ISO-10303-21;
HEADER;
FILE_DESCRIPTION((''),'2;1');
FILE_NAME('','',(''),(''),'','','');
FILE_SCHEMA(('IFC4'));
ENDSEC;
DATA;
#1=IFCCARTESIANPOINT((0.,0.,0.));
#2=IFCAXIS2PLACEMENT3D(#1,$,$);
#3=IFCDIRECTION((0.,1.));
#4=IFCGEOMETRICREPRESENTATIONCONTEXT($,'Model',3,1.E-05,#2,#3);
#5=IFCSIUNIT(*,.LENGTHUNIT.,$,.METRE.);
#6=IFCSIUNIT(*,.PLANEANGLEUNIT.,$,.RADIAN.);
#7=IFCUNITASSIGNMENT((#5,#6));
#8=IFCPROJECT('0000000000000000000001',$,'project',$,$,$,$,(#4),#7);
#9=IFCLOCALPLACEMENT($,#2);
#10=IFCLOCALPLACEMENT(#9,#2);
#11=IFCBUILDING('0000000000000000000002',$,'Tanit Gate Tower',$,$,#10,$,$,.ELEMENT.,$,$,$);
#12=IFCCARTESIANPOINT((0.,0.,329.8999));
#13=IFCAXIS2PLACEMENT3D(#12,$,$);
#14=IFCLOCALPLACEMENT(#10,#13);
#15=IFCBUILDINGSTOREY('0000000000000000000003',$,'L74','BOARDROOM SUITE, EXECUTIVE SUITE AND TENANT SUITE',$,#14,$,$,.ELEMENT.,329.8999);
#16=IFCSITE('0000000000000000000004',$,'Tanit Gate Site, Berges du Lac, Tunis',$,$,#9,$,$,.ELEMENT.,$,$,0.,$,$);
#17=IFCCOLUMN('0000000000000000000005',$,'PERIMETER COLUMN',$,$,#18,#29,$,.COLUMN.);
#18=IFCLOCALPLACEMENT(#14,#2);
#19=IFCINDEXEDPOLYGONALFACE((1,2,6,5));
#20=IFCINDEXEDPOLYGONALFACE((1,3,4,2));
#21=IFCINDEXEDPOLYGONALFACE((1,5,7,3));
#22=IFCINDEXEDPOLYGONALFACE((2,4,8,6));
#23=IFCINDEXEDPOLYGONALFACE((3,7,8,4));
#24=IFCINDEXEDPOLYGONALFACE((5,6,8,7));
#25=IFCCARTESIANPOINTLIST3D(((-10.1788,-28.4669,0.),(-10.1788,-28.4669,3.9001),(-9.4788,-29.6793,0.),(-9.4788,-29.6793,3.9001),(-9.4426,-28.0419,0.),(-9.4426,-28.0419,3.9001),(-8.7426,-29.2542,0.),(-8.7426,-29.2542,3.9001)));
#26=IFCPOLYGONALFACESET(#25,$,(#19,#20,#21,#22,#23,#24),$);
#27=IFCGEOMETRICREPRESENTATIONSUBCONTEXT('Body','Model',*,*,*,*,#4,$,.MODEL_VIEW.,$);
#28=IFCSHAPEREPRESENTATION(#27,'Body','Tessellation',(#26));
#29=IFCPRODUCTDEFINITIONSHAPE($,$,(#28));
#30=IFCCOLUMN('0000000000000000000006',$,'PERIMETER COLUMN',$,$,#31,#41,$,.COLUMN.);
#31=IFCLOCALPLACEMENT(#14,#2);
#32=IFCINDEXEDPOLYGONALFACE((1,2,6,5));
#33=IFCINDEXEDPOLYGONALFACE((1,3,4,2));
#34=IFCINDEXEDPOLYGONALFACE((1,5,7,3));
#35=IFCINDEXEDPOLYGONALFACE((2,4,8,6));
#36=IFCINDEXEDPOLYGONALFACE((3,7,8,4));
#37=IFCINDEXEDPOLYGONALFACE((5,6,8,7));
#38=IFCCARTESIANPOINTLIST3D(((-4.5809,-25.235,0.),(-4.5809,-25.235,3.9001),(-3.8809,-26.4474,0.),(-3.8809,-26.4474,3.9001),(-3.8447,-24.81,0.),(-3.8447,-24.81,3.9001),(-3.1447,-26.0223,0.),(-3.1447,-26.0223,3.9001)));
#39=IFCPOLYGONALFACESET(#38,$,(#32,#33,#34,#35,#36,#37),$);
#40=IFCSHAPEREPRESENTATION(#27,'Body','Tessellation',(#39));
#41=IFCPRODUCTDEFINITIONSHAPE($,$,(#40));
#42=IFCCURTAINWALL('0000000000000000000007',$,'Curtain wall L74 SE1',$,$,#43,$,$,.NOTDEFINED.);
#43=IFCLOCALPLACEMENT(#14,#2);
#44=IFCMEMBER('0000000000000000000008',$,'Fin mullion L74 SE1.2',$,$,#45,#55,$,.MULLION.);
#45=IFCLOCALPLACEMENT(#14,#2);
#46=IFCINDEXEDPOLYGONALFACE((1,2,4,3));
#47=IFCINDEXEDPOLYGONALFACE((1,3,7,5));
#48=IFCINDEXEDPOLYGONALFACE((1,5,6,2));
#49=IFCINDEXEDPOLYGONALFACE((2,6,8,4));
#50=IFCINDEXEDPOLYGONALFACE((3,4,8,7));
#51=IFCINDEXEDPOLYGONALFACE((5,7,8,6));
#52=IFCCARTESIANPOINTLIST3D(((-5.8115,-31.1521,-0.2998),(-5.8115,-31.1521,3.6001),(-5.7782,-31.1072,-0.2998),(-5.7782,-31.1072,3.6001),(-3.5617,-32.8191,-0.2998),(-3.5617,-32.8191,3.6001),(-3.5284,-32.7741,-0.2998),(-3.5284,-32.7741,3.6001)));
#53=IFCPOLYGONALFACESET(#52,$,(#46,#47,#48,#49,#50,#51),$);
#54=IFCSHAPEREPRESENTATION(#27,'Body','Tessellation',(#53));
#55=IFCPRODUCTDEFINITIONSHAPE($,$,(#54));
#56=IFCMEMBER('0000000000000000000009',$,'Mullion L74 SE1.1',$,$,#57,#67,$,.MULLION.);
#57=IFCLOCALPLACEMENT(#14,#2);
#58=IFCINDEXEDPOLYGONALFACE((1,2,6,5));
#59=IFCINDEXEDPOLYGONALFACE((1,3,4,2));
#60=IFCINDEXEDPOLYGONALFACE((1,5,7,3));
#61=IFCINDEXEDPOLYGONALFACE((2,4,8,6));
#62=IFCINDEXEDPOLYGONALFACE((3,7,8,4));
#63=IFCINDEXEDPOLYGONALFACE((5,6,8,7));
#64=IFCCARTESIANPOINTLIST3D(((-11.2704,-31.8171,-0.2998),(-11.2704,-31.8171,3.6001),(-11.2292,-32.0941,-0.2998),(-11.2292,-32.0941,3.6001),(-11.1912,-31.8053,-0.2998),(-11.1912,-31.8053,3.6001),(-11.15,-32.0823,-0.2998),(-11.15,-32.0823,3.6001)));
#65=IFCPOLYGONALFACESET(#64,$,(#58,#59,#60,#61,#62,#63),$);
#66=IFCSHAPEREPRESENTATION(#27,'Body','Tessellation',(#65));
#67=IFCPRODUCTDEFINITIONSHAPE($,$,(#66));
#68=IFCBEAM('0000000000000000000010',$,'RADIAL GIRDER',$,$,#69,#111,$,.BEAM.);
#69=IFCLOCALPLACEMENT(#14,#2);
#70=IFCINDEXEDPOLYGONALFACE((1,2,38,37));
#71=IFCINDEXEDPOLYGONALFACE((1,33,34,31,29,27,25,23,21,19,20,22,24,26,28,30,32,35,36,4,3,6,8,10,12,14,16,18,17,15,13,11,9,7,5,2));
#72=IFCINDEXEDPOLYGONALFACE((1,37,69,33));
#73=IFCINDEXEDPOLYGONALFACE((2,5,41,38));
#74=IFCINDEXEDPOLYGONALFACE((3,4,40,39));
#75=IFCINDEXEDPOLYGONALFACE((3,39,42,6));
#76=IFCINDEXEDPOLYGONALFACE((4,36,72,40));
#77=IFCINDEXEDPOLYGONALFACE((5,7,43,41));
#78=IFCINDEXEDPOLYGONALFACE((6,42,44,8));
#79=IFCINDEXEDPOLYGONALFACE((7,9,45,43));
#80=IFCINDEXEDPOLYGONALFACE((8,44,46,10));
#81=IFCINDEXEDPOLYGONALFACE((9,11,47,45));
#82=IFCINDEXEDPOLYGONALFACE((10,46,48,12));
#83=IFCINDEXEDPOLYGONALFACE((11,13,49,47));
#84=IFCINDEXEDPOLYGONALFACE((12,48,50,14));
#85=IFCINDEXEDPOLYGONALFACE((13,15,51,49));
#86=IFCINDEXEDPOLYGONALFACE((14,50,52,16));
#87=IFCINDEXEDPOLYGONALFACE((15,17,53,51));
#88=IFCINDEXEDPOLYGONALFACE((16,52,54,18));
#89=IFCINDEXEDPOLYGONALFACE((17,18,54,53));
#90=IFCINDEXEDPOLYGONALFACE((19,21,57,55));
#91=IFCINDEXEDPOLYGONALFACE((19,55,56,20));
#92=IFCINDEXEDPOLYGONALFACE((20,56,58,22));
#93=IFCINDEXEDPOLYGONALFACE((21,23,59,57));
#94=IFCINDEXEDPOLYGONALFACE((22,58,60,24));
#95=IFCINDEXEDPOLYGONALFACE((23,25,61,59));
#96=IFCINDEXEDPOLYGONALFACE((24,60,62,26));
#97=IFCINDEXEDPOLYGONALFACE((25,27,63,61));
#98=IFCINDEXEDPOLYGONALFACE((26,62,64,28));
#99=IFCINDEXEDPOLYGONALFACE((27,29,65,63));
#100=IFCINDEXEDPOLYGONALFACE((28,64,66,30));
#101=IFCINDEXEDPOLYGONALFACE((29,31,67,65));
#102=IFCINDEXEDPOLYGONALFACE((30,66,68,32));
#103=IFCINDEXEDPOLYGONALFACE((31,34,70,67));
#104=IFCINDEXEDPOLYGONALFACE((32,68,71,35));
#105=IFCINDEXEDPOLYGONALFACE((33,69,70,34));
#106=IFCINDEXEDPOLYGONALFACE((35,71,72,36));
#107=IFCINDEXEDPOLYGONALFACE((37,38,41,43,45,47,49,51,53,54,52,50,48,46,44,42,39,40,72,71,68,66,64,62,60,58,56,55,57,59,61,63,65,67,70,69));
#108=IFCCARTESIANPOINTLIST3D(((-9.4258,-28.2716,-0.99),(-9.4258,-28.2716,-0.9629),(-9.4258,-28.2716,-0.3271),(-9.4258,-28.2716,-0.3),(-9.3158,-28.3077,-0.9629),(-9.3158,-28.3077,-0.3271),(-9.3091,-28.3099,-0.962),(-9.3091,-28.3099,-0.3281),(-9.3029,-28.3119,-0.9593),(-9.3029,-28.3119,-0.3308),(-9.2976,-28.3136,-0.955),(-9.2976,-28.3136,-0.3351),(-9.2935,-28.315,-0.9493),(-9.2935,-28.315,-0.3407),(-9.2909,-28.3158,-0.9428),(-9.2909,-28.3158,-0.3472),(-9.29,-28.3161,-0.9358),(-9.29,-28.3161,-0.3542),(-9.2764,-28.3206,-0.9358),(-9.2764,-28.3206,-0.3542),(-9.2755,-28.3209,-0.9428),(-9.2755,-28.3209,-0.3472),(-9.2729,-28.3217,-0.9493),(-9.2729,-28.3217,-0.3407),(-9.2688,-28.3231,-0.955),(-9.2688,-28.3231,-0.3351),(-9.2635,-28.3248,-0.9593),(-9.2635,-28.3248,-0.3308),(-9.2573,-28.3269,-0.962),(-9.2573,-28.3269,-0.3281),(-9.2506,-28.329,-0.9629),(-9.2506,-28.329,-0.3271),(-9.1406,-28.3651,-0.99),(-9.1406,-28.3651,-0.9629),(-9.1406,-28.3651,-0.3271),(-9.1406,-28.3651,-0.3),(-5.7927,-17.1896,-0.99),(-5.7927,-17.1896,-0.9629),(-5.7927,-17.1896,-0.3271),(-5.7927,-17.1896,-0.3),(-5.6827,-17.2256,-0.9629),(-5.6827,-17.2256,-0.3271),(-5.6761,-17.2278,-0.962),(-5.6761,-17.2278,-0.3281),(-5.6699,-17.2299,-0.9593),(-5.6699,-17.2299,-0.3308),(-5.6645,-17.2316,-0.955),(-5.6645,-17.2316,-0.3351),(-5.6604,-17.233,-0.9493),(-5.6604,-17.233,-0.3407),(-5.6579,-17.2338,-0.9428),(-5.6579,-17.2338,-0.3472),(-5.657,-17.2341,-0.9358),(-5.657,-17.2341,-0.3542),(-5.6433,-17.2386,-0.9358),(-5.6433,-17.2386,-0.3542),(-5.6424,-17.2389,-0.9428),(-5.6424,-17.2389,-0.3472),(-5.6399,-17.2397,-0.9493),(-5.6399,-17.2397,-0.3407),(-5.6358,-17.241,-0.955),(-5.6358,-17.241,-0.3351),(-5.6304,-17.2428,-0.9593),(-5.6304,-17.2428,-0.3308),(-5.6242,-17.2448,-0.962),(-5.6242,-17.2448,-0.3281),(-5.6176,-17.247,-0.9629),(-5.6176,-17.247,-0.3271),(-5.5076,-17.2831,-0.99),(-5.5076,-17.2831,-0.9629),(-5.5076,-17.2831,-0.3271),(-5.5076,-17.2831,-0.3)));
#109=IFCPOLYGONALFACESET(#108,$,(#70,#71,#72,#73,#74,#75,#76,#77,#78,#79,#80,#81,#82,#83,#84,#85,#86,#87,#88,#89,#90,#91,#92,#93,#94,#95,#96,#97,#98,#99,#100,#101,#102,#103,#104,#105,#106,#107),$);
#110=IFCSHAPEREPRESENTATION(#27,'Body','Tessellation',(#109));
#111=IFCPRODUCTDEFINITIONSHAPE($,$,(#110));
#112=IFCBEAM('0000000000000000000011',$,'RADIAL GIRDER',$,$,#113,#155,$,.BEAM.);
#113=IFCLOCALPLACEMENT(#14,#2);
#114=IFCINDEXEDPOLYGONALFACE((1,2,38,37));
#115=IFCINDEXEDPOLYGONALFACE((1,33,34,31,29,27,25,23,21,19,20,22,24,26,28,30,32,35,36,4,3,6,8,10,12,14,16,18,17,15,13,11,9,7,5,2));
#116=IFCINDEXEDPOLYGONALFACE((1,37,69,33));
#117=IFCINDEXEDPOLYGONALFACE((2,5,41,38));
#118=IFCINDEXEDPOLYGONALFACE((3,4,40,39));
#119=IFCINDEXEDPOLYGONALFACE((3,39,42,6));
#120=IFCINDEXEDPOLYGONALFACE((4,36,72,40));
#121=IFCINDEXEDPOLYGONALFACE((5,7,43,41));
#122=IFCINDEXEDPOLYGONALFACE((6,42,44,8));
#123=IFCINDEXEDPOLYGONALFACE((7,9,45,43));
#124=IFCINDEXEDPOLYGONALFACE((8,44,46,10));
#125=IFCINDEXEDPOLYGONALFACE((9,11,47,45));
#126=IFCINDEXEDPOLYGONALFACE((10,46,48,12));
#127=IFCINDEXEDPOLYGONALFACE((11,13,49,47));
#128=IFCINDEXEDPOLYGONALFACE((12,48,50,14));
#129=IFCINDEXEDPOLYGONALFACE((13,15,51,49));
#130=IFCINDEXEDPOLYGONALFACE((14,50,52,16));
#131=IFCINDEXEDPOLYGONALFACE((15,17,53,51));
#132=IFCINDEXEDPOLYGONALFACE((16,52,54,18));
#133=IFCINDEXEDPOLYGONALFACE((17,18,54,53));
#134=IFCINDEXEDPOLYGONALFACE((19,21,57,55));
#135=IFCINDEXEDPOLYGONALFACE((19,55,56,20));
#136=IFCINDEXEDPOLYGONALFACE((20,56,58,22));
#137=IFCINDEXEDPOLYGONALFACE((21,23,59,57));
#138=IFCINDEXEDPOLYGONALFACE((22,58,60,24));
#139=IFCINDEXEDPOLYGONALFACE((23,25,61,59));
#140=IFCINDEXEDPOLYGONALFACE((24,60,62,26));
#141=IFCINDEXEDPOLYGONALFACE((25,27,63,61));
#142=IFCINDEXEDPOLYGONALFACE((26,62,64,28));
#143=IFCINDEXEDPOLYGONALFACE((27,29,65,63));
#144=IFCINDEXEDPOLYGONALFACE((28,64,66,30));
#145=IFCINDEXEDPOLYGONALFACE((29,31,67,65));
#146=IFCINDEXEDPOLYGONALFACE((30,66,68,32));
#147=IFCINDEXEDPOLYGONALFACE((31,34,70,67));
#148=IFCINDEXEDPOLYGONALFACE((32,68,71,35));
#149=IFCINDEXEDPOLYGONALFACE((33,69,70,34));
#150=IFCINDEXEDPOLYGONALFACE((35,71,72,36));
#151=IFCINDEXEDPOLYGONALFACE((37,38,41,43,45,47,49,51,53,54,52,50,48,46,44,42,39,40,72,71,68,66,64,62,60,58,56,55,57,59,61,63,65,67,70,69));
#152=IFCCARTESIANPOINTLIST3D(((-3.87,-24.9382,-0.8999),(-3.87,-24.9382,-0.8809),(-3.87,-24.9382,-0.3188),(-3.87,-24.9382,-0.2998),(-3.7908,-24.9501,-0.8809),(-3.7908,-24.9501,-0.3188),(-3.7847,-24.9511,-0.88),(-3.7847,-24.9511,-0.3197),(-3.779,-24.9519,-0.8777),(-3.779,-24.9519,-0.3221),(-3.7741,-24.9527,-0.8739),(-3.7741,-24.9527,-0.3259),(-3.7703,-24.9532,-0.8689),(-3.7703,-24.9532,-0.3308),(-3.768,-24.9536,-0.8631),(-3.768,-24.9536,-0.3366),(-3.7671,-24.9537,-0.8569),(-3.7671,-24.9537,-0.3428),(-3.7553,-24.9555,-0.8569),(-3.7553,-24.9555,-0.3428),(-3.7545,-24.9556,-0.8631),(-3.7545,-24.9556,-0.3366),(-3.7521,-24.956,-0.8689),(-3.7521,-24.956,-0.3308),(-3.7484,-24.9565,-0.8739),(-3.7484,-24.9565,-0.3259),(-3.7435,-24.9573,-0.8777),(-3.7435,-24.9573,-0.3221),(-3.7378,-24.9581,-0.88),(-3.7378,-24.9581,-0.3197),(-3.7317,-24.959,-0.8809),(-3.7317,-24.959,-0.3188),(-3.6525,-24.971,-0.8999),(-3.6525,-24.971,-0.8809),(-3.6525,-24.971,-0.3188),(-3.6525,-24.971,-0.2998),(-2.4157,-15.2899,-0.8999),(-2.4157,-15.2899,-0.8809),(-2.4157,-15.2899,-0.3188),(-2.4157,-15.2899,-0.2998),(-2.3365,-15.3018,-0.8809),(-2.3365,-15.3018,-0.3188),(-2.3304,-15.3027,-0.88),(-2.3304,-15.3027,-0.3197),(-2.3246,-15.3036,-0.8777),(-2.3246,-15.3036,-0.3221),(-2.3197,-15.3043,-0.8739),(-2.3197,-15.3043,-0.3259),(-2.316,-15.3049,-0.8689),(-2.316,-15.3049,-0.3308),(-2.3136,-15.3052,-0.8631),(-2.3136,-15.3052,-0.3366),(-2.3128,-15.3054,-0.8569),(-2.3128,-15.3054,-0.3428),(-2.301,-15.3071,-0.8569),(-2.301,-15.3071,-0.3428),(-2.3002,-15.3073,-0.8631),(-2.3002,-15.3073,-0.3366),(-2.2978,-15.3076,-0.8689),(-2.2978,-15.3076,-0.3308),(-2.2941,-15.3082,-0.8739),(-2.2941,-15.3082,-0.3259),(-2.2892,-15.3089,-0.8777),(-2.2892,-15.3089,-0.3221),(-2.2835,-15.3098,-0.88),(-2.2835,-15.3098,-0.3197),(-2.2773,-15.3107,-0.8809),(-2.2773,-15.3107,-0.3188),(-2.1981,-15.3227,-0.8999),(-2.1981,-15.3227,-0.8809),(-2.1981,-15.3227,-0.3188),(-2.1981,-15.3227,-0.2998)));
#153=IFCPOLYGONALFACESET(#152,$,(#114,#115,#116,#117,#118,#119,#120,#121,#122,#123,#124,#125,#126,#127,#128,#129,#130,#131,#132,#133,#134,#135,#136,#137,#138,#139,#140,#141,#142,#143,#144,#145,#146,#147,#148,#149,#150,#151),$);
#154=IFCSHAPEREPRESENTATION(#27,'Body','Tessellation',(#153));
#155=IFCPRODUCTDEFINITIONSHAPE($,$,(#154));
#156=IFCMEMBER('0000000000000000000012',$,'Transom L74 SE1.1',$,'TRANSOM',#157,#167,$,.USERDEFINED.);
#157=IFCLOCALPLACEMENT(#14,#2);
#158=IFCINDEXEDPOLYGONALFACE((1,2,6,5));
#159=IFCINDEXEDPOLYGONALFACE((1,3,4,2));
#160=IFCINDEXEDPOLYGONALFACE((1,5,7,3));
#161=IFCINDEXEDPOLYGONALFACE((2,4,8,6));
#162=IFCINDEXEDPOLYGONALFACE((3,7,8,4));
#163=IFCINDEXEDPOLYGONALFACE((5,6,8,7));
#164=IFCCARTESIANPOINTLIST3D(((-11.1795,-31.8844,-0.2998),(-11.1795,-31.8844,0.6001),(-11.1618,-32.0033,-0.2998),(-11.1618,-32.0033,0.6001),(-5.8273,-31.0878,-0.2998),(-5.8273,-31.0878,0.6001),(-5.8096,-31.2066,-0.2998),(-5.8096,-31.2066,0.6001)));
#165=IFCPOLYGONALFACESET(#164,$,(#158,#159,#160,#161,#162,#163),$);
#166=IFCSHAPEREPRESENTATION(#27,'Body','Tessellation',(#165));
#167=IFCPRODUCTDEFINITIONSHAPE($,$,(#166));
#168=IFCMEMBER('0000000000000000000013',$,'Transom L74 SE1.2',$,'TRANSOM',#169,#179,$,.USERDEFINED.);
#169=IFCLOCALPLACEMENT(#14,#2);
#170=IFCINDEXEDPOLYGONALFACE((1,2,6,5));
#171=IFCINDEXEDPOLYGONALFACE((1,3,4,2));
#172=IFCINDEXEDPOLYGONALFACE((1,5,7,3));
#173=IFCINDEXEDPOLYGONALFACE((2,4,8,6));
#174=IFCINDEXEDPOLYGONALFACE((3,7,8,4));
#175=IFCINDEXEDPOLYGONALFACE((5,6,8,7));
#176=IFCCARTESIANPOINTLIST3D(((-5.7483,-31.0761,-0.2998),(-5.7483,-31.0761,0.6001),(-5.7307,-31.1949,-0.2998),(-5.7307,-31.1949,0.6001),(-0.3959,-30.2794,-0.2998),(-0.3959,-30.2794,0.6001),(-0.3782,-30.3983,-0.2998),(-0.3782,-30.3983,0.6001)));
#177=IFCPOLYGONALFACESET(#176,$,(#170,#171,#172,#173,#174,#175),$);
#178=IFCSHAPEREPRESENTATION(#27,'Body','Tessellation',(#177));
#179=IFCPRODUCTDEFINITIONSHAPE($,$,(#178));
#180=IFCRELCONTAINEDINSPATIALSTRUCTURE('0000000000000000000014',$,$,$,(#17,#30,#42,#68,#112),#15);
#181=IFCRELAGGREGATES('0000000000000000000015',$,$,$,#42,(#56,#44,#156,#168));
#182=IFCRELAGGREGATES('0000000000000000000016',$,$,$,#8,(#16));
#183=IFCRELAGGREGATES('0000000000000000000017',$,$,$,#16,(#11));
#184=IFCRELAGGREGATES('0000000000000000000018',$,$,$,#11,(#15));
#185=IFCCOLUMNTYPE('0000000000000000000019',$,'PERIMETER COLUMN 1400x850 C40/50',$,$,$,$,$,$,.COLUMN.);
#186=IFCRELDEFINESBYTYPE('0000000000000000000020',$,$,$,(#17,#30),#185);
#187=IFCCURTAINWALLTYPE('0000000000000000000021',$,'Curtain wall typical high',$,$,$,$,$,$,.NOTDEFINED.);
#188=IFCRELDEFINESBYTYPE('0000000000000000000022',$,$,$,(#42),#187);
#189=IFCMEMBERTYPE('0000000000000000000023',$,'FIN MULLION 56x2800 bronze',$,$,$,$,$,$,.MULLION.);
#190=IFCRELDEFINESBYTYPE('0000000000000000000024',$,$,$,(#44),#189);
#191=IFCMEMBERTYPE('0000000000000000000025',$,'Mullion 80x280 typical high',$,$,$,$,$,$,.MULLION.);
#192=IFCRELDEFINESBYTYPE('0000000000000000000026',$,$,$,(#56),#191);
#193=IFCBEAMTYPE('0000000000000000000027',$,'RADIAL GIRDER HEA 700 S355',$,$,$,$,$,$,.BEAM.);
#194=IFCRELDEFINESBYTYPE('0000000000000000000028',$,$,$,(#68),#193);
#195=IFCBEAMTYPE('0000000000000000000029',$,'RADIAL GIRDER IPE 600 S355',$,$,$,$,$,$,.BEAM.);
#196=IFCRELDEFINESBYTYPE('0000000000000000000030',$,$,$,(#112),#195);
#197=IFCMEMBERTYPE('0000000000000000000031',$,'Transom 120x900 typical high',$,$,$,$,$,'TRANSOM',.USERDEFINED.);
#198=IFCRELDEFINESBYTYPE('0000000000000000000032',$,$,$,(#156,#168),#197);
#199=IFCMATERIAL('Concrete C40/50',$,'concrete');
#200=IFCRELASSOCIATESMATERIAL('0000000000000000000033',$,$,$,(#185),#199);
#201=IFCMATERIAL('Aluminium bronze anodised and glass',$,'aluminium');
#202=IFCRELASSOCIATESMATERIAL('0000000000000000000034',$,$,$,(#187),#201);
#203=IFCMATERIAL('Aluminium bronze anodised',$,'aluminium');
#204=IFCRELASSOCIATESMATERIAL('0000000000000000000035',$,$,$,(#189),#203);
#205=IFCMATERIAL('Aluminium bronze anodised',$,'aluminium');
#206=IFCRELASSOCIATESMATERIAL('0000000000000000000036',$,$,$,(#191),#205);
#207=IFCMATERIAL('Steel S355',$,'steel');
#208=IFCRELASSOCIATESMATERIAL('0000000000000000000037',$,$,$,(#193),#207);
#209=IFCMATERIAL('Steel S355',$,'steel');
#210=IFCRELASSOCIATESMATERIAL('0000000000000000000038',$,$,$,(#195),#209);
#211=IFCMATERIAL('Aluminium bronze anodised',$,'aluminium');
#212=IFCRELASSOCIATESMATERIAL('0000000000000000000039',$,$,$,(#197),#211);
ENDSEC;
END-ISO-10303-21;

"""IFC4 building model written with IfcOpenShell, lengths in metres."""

from ifc_helpers import new_model, si_unit, direction, frame, origin, origin_2d, place, context, subcontext, project, spatial, rectangle, i_section, extrude, material, material_profile, profile_set, type_object, element, aggregate, save


model = new_model("IFC4")

# Units and contexts
model_context = context("Model", 3, precision=1e-05, world=origin(), true_north=direction((0.0, 1.0)))
body_context = subcontext(model_context, "Body", "Model", "MODEL_VIEW")
ifc_project = project(units=[si_unit("LENGTHUNIT", "METRE"), si_unit("PLANEANGLEUNIT", "RADIAN")], contexts=[model_context])

# Site, building, storey
site_placement = place(None, origin())
site = spatial("IfcSite", under=ifc_project, at=site_placement, Name="Tanit Gate Site, Berges du Lac, Tunis", CompositionType="ELEMENT", RefElevation=0.0)
building_placement = place(site_placement, origin())
building = spatial("IfcBuilding", under=site, at=building_placement, Name="Tanit Gate Tower", CompositionType="ELEMENT")
storey_placement = place(building_placement, frame((0.0, 0.0, 329.8999)))
storey = spatial("IfcBuildingStorey", under=building, at=storey_placement, Name="L74", Description="BOARDROOM SUITE, EXECUTIVE SUITE AND TENANT SUITE", CompositionType="ELEMENT", Elevation=329.8999)

# Columns
ifc_material_1 = material(Name="Concrete C40/50", Category="concrete")
ifc_material_profile_1 = material_profile(ifc_material_1, rectangle(XDim=1.3999, YDim=0.8501, at=origin_2d()), Name="RC 1400x850")
ifc_profile_set_1 = profile_set([ifc_material_profile_1], Name="Concrete C40/50")
column_type = type_object("IfcColumnType", Name="PERIMETER COLUMN 1400x850 C40/50", PredefinedType="COLUMN", material=ifc_profile_set_1)
for number, where, z_axis, x_axis, name in (
    (1, (-9.4607, -28.8606, 0.0), (0.0, 0.0, 1.0), (0.5, -0.866025, 0.0), "PERIMETER COLUMN"),
    (2, (-3.8628, -25.6287, 0.0), (0.0, 0.0, 1.0), (0.5, -0.866025, 0.0), "PERIMETER COLUMN"),
):
    element("IfcColumn", number, at=place(storey_placement, frame(where, z_axis=z_axis, x_axis=x_axis)), inside=storey, type_object=column_type, Name=name, PredefinedType="COLUMN", context=body_context, shape_type="SweptSolid", body=[
        extrude(rectangle(XDim=1.3999, YDim=0.8501, at=origin_2d()), origin(), (0.0, 0.0, 1.0), 3.9001),
    ])

# Curtain wall, members
ifc_material_2 = material(Name="Aluminium bronze anodised and glass", Category="aluminium")
curtain_wall_type = type_object("IfcCurtainWallType", Name="Curtain wall typical high", PredefinedType="NOTDEFINED", material=ifc_material_2)
curtain_wall_placement = place(storey_placement, origin())
curtain_wall = element("IfcCurtainWall", 3, at=curtain_wall_placement, inside=storey, type_object=curtain_wall_type, Name="Curtain wall L74 SE1", PredefinedType="NOTDEFINED")
ifc_material_3 = material(Name="Aluminium bronze anodised", Category="aluminium")
ifc_material_profile_2 = material_profile(ifc_material_3, rectangle(XDim=2.8, YDim=0.0559, at=origin_2d()), Name="56x2800 bronze fin mullion")
ifc_profile_set_2 = profile_set([ifc_material_profile_2], Name="Aluminium bronze anodised")
member_type_1 = type_object("IfcMemberType", Name="FIN MULLION 56x2800 bronze", PredefinedType="MULLION", material=ifc_profile_set_2)
member_1_placement = place(storey_placement, frame((-4.6699, -31.9631, -0.2998), z_axis=(0.0, 0.0, 1.0), x_axis=(-0.803493, 0.595314, 0.0)))
member_1 = element("IfcMember", 4, at=member_1_placement, type_object=member_type_1, Name="Fin mullion L74 SE1.2", PredefinedType="MULLION", context=body_context, shape_type="SweptSolid", body=[
    extrude(rectangle(XDim=2.8, YDim=0.0559, at=origin_2d()), origin(), (0.0, 0.0, 1.0), 3.8999),
])
ifc_material_4 = material(Name="Aluminium bronze anodised", Category="aluminium")
ifc_material_profile_3 = material_profile(ifc_material_4, rectangle(XDim=0.28, YDim=0.0801, at=origin_2d()), Name="80x280 bronze mullion")
ifc_profile_set_3 = profile_set([ifc_material_profile_3], Name="Aluminium bronze anodised")
member_type_2 = type_object("IfcMemberType", Name="Mullion 80x280 typical high", PredefinedType="MULLION", material=ifc_profile_set_3)
member_2_placement = place(storey_placement, frame((-11.2102, -31.9497, -0.2998), z_axis=(0.0, 0.0, 1.0), x_axis=(-0.147205, 0.989106, 0.0)))
member_2 = element("IfcMember", 5, at=member_2_placement, type_object=member_type_2, Name="Mullion L74 SE1.1", PredefinedType="MULLION", context=body_context, shape_type="SweptSolid", body=[
    extrude(rectangle(XDim=0.28, YDim=0.0801, at=origin_2d()), origin(), (0.0, 0.0, 1.0), 3.8999),
])

# Beams
ifc_material_5 = material(Name="Steel S355", Category="steel")
ifc_material_profile_4 = material_profile(ifc_material_5, i_section(OverallWidth=0.3, OverallDepth=0.6899, WebThickness=0.0144, FlangeThickness=0.0271, FilletRadius=0.0271, at=origin_2d()), Name="HEA 700")
ifc_profile_set_4 = profile_set([ifc_material_profile_4], Name="Steel S355")
beam_type_1 = type_object("IfcBeamType", Name="RADIAL GIRDER HEA 700 S355", PredefinedType="BEAM", material=ifc_profile_set_4)
beam_1_placement = place(storey_placement, frame((-9.2832, -28.3184, -0.645), z_axis=(0.31152, 0.95024, 0.0), x_axis=(-0.95024, 0.31152, 0.0)))
element("IfcBeam", 6, at=beam_1_placement, inside=storey, type_object=beam_type_1, Name="RADIAL GIRDER", PredefinedType="BEAM", context=body_context, shape_type="SweptSolid", body=[
    extrude(i_section(OverallWidth=0.3, OverallDepth=0.6899, WebThickness=0.0144, FlangeThickness=0.0271, FilletRadius=0.0271, at=origin_2d()), origin(), (0.0, 0.0, 1.0), 11.6624),
])
ifc_material_6 = material(Name="Steel S355", Category="steel")
ifc_material_profile_5 = material_profile(ifc_material_6, i_section(OverallWidth=0.22, OverallDepth=0.6001, WebThickness=0.012, FlangeThickness=0.019, FilletRadius=0.0239, at=origin_2d()), Name="IPE 600")
ifc_profile_set_5 = profile_set([ifc_material_profile_5], Name="Steel S355")
beam_type_2 = type_object("IfcBeamType", Name="RADIAL GIRDER IPE 600 S355", PredefinedType="BEAM", material=ifc_profile_set_5)
beam_2_placement = place(storey_placement, frame((-3.7612, -24.9546, -0.5999), z_axis=(0.14905, 0.98883, 0.0), x_axis=(-0.98883, 0.14905, 0.0)))
element("IfcBeam", 7, at=beam_2_placement, inside=storey, type_object=beam_type_2, Name="RADIAL GIRDER", PredefinedType="BEAM", context=body_context, shape_type="SweptSolid", body=[
    extrude(i_section(OverallWidth=0.22, OverallDepth=0.6001, WebThickness=0.012, FlangeThickness=0.019, FilletRadius=0.0239, at=origin_2d()), origin(), (0.0, 0.0, 1.0), 9.7573),
])

# Members
ifc_material_7 = material(Name="Aluminium bronze anodised", Category="aluminium")
ifc_material_profile_6 = material_profile(ifc_material_7, rectangle(XDim=0.1201, YDim=0.8999, at=origin_2d()), Name="120x900 bronze transom")
ifc_profile_set_6 = profile_set([ifc_material_profile_6], Name="Aluminium bronze anodised")
member_type_3 = type_object("IfcMemberType", Name="Transom 120x900 typical high", ElementType="TRANSOM", PredefinedType="USERDEFINED", material=ifc_profile_set_6)
member_3_placement = place(storey_placement, frame((-11.1707, -31.9438, 0.1501), z_axis=(0.989103, 0.147224, 0.0), x_axis=(-0.147224, 0.989103, 0.0)))
member_3 = element("IfcMember", 8, at=member_3_placement, type_object=member_type_3, Name="Transom L74 SE1.1", ObjectType="TRANSOM", PredefinedType="USERDEFINED", context=body_context, shape_type="SweptSolid", body=[
    extrude(rectangle(XDim=0.1201, YDim=0.8999, at=origin_2d()), origin(), (0.0, 0.0, 1.0), 5.4111),
])
member_4_placement = place(storey_placement, frame((-5.7395, -31.1355, 0.1501), z_axis=(0.989104, 0.147217, 0.0), x_axis=(-0.147217, 0.989104, 0.0)))
member_4 = element("IfcMember", 9, at=member_4_placement, type_object=member_type_3, Name="Transom L74 SE1.2", ObjectType="TRANSOM", PredefinedType="USERDEFINED", context=body_context, shape_type="SweptSolid", body=[
    extrude(rectangle(XDim=0.1201, YDim=0.8999, at=origin_2d()), origin(), (0.0, 0.0, 1.0), 5.4114),
])

aggregate(curtain_wall, [member_2, member_1, member_3, member_4])

save(model, "model.ifc")
